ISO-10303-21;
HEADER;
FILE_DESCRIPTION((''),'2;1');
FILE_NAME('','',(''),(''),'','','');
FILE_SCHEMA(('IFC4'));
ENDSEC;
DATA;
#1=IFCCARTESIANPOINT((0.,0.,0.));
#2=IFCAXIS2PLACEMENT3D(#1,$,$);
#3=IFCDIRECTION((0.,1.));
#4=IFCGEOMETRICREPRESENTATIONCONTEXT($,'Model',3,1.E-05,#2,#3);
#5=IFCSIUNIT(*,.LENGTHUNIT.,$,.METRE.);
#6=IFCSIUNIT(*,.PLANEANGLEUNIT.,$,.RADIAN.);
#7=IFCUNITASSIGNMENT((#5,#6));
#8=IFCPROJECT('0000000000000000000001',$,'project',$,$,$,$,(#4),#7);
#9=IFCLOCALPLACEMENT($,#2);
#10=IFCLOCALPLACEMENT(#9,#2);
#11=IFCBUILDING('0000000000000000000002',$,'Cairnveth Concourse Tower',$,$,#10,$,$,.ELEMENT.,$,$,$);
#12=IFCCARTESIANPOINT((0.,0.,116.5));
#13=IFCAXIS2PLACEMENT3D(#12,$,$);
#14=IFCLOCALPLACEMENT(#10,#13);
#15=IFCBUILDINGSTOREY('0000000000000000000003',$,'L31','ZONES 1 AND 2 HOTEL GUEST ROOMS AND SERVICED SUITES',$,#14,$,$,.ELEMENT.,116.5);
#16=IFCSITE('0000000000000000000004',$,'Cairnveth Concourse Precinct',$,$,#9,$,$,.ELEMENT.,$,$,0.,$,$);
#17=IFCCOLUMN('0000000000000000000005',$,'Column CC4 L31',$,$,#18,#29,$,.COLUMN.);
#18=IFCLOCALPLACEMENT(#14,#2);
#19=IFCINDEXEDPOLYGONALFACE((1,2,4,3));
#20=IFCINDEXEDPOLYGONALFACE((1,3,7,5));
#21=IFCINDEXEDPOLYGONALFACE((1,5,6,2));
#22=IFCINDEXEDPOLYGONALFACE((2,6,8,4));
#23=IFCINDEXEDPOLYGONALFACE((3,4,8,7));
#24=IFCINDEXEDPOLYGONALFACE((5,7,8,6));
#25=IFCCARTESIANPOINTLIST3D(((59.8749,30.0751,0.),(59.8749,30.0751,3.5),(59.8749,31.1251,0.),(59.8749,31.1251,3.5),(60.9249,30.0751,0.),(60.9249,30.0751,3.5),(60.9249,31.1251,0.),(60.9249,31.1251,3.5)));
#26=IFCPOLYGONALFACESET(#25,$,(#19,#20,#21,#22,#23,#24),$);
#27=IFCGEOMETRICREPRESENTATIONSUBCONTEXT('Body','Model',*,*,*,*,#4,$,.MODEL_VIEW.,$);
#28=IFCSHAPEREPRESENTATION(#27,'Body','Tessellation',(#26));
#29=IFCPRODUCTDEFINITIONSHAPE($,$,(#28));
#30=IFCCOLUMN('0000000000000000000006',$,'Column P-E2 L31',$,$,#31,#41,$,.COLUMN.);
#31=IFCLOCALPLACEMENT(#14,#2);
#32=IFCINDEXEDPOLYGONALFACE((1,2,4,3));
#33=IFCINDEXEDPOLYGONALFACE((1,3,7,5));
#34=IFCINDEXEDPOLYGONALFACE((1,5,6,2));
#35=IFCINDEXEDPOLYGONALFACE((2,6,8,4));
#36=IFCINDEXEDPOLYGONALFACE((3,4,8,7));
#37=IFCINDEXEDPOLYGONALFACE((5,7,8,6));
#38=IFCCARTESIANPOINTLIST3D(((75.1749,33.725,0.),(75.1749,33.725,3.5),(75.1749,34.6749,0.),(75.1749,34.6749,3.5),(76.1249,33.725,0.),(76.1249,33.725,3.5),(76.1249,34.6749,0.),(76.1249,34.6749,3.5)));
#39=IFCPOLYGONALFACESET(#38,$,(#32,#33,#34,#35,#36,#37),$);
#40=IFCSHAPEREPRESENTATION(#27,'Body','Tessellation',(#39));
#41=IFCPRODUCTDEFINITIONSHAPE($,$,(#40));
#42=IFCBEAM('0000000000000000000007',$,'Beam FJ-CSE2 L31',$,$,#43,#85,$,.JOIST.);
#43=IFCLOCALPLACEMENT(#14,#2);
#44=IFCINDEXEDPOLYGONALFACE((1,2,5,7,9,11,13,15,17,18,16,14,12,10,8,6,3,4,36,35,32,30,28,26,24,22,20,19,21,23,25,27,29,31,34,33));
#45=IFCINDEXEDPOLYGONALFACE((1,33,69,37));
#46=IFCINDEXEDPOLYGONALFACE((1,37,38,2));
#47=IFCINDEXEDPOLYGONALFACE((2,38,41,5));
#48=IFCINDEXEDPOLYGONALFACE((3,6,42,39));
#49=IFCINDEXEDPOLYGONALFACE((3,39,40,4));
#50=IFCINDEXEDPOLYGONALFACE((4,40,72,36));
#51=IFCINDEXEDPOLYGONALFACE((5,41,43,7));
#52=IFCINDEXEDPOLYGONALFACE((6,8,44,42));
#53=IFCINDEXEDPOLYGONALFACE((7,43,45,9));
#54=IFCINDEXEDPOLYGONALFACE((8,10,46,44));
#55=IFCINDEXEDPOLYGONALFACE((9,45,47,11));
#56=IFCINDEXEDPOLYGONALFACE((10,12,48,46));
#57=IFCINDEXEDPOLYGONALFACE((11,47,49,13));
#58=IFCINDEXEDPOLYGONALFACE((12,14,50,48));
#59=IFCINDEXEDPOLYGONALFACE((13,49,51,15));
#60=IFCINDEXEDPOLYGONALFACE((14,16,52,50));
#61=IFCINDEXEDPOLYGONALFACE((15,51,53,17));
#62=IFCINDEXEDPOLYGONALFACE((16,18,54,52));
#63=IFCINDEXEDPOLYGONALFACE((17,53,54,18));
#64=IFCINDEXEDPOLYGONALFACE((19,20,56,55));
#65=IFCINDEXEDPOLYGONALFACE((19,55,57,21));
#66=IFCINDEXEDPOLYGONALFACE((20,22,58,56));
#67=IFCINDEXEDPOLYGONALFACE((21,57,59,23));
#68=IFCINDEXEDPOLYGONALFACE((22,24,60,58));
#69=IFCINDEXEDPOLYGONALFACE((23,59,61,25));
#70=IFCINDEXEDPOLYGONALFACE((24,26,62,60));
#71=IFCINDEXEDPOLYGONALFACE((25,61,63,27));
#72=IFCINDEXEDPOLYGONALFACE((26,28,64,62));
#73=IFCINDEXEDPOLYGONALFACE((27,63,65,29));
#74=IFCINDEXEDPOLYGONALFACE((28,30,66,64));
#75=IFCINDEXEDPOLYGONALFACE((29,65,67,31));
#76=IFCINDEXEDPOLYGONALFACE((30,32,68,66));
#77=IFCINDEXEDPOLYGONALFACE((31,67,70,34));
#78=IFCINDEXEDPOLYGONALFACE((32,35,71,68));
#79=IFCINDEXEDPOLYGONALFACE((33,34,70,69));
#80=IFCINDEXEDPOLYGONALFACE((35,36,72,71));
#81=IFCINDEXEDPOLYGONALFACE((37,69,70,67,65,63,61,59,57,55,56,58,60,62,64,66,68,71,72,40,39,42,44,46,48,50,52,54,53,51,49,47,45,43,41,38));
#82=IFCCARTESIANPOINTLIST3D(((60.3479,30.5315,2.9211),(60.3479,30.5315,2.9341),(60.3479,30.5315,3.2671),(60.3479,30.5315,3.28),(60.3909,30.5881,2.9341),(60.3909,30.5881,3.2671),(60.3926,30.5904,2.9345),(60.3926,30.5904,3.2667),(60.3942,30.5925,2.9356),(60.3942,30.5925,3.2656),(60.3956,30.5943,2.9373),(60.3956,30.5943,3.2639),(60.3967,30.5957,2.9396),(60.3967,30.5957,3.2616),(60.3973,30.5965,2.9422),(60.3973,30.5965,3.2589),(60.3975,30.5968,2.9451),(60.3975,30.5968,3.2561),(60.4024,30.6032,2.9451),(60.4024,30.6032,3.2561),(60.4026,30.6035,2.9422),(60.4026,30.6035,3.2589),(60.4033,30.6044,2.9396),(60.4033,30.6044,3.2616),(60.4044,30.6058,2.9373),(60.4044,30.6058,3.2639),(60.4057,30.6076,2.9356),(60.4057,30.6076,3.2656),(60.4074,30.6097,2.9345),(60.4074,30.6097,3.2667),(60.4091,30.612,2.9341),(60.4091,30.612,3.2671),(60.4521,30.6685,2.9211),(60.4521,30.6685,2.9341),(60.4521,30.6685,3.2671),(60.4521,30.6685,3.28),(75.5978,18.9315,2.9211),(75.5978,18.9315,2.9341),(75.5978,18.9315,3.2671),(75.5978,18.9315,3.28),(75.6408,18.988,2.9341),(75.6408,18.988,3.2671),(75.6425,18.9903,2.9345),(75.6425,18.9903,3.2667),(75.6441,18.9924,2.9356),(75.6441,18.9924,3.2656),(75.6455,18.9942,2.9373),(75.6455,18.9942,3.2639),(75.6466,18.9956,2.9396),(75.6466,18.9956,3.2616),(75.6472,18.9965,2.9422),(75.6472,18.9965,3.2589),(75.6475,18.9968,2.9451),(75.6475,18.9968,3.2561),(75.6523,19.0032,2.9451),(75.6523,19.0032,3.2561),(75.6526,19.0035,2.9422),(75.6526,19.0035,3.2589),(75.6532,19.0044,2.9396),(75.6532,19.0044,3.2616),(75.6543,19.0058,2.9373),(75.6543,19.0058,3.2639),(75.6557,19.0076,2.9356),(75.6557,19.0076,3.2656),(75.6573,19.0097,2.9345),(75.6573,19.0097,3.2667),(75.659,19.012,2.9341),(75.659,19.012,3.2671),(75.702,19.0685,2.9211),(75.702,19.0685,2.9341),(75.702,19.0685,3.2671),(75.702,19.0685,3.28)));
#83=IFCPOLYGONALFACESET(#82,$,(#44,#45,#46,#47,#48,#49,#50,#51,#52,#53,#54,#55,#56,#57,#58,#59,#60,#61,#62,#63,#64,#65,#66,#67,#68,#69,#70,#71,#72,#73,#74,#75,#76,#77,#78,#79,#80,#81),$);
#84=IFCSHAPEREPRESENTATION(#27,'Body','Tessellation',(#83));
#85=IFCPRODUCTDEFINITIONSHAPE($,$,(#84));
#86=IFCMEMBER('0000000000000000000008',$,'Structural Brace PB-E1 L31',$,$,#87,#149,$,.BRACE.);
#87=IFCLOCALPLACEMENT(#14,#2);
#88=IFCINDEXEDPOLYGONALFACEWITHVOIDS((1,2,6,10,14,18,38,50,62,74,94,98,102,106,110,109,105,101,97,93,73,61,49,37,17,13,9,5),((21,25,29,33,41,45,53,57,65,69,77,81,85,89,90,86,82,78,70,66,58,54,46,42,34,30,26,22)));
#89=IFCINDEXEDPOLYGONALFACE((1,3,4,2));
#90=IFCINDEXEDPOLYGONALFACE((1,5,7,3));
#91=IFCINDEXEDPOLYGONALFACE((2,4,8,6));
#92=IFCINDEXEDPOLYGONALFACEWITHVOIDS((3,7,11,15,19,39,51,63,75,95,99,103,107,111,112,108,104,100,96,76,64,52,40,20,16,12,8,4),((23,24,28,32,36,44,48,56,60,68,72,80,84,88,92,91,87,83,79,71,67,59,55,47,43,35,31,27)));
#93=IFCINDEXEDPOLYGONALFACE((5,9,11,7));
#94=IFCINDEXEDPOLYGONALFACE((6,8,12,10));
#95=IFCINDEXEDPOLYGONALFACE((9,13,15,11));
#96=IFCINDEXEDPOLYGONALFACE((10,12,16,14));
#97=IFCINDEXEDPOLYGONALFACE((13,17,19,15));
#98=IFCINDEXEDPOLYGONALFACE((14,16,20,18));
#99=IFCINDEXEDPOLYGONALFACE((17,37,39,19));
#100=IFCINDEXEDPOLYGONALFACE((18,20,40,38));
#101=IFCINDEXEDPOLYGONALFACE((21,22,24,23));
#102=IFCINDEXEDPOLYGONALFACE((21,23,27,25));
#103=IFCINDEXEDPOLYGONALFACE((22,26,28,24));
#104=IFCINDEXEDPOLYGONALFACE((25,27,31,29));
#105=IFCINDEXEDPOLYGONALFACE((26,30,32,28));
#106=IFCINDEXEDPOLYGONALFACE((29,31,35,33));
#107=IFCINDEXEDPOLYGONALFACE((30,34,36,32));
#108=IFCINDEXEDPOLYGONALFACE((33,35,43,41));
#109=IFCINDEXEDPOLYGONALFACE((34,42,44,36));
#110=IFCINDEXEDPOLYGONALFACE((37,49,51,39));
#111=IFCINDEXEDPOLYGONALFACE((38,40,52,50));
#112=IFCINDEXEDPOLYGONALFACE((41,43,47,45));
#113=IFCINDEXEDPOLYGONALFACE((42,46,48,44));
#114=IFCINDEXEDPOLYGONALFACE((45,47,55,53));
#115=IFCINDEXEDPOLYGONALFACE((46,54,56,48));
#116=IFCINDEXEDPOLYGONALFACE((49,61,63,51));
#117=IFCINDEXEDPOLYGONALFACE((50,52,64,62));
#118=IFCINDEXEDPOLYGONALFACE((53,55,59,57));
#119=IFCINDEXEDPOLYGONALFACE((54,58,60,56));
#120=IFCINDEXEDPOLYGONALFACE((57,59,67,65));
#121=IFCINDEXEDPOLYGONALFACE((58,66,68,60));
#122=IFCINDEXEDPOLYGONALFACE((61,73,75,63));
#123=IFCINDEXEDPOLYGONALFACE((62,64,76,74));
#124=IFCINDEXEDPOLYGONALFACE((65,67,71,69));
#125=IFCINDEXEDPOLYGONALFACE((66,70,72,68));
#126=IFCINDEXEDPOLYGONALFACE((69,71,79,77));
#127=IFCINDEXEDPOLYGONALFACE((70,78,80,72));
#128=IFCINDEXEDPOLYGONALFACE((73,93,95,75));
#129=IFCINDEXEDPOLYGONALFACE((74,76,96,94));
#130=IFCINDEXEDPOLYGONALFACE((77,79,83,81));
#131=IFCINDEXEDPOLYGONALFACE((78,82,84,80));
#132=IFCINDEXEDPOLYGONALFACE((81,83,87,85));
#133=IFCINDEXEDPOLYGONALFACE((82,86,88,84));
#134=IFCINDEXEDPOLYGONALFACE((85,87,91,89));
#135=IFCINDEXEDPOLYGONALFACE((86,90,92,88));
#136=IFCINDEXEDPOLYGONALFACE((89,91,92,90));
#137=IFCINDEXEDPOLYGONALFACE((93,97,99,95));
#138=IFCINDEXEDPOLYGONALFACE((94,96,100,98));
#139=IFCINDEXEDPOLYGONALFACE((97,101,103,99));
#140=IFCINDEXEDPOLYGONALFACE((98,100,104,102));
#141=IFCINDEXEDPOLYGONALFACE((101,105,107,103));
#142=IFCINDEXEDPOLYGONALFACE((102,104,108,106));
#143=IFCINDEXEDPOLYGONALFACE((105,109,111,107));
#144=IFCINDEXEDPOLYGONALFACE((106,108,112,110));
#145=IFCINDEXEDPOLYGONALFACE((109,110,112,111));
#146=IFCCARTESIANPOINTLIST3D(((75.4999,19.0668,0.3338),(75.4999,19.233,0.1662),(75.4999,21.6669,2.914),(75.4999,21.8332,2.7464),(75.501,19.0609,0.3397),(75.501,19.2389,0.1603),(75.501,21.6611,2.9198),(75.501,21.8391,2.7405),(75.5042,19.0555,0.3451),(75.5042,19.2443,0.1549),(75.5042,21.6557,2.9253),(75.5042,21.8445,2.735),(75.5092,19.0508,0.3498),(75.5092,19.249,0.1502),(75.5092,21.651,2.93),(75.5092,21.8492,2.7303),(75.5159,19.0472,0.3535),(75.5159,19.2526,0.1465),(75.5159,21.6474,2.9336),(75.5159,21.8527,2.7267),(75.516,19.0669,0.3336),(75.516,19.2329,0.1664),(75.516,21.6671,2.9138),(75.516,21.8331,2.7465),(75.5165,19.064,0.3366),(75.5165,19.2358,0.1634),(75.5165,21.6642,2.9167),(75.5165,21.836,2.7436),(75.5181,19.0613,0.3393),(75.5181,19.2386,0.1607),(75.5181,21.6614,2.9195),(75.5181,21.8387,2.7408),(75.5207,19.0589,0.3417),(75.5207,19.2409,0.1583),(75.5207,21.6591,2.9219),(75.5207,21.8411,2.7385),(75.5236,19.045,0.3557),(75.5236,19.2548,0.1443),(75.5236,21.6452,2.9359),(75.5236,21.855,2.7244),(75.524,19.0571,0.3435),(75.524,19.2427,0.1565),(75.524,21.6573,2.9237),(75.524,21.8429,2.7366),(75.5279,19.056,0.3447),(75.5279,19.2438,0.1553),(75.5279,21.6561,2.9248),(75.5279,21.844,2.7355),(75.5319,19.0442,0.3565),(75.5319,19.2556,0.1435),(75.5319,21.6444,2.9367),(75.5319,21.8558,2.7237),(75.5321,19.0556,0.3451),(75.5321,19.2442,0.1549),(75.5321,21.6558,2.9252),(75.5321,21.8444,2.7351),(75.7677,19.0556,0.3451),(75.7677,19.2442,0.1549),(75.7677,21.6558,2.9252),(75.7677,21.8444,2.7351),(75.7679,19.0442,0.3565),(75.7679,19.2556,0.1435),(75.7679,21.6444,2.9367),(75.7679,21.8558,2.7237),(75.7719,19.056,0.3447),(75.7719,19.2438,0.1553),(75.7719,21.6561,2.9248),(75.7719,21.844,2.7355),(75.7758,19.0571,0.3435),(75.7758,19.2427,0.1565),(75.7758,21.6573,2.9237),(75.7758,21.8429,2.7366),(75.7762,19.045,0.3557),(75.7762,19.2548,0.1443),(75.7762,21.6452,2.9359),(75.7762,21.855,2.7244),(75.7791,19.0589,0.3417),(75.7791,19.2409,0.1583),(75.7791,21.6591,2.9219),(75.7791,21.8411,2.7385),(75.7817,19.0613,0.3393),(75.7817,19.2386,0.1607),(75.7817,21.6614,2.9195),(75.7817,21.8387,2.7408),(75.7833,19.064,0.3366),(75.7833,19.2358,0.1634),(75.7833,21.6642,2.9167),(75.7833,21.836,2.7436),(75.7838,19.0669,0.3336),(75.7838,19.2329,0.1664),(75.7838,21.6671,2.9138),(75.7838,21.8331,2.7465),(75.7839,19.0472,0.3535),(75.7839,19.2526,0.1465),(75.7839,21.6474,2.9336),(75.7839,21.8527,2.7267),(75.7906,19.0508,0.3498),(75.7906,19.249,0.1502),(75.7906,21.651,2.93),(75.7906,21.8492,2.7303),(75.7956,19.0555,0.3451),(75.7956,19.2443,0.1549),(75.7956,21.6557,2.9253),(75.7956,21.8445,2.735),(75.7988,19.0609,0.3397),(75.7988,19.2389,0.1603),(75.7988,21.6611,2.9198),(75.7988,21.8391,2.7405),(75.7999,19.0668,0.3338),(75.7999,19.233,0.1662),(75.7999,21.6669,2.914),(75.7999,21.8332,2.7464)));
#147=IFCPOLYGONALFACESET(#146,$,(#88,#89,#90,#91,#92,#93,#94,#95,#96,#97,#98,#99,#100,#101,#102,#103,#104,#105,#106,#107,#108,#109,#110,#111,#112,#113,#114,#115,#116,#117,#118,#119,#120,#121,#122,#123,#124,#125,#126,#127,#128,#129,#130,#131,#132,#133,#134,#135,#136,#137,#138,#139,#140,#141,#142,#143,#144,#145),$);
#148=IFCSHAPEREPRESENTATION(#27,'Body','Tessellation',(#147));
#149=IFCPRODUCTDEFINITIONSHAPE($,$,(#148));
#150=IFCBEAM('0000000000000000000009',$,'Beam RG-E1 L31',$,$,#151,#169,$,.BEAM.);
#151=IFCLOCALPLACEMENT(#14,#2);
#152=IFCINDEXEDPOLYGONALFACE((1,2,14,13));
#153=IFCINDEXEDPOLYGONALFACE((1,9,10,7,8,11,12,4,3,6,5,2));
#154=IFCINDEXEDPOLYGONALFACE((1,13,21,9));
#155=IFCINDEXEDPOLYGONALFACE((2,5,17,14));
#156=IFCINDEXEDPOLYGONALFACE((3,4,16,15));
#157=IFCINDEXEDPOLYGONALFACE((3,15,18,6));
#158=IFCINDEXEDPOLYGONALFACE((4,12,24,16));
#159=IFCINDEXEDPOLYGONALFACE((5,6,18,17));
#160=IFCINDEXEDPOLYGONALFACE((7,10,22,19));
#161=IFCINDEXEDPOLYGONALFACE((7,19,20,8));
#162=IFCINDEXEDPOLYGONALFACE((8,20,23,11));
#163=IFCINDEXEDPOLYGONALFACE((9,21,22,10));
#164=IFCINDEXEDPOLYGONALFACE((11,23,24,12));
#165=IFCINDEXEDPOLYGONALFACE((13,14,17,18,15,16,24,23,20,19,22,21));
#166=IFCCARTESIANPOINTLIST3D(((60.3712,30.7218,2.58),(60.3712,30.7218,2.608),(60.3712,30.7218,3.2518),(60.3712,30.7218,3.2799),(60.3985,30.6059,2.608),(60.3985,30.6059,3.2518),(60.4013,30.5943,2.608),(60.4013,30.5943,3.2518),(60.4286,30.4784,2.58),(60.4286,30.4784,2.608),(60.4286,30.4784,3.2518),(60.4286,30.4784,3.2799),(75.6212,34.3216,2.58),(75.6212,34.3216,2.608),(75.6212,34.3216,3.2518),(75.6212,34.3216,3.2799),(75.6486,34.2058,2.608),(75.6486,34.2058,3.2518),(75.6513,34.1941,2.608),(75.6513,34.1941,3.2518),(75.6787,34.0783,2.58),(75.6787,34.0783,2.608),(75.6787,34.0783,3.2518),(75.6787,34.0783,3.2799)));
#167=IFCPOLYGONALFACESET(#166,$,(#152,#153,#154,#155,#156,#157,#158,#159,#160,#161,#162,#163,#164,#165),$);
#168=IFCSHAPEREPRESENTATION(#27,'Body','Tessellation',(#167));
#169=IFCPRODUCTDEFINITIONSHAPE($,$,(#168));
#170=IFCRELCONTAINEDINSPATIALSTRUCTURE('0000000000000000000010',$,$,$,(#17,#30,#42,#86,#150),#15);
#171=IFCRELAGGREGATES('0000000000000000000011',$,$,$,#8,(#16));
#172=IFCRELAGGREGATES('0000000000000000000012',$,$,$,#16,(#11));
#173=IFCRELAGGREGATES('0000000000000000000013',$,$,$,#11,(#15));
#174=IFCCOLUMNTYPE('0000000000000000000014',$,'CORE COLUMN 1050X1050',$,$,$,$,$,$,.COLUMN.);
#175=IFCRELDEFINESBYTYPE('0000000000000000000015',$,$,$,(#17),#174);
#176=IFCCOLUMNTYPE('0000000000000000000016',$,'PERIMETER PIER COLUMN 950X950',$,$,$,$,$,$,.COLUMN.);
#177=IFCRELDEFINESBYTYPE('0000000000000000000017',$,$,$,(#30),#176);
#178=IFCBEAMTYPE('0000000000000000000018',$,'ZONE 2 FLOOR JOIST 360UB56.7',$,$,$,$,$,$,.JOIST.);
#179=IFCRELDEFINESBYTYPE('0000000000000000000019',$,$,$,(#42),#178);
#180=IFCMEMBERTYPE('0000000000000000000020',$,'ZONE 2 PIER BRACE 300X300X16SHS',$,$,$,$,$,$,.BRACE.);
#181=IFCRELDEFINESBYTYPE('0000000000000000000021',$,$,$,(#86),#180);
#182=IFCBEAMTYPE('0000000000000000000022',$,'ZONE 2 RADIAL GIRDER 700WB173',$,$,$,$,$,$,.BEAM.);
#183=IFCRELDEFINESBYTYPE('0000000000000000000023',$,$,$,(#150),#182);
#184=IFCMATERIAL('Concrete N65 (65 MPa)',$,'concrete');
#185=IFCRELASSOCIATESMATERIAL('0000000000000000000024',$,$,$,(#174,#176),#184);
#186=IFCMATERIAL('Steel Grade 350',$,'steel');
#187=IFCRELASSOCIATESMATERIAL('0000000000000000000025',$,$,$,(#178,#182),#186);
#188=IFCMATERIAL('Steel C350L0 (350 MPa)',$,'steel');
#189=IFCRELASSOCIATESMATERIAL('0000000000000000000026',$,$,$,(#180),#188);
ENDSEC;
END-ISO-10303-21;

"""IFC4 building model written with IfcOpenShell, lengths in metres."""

from ifc_helpers import new_model, si_unit, direction, frame, origin, origin_2d, place, context, subcontext, project, spatial, rectangle, hollow_rectangle, i_section, extrude, material, material_profile, profile_set, type_object, element, save


model = new_model("IFC4")

# Units and contexts
model_context = context("Model", 3, precision=1e-05, world=origin(), true_north=direction((0.0, 1.0)))
body_context = subcontext(model_context, "Body", "Model", "MODEL_VIEW")
ifc_project = project(units=[si_unit("LENGTHUNIT", "METRE"), si_unit("PLANEANGLEUNIT", "RADIAN")], contexts=[model_context])

# Site, building, storey
site_placement = place(None, origin())
site = spatial("IfcSite", under=ifc_project, at=site_placement, Name="Cairnveth Concourse Precinct", CompositionType="ELEMENT", RefElevation=0.0)
building_placement = place(site_placement, origin())
building = spatial("IfcBuilding", under=site, at=building_placement, Name="Cairnveth Concourse Tower", CompositionType="ELEMENT")
storey_placement = place(building_placement, frame((0.0, 0.0, 116.5)))
storey = spatial("IfcBuildingStorey", under=building, at=storey_placement, Name="L31", Description="ZONES 1 AND 2 HOTEL GUEST ROOMS AND SERVICED SUITES", CompositionType="ELEMENT", Elevation=116.5)

# Columns
ifc_material_1 = material(Name="Concrete N65 (65 MPa)", Category="concrete")
ifc_material_profile_1 = material_profile(ifc_material_1, rectangle(XDim=1.05, YDim=1.05, at=origin_2d()), Name="RC-COL-1050x1050")
ifc_profile_set_1 = profile_set([ifc_material_profile_1], Name="Concrete N65 (65 MPa)")
column_type_1 = type_object("IfcColumnType", Name="CORE COLUMN 1050X1050", PredefinedType="COLUMN", material=ifc_profile_set_1)
column_1_placement = place(storey_placement, frame((60.3999, 30.6001, 0.0), z_axis=(0.0, 0.0, 1.0), x_axis=(1.0, 0.0, 0.0)))
element("IfcColumn", 1, at=column_1_placement, inside=storey, type_object=column_type_1, Name="Column CC4 L31", PredefinedType="COLUMN", context=body_context, shape_type="SweptSolid", body=[
    extrude(rectangle(XDim=1.05, YDim=1.05, at=origin_2d()), origin(), (0.0, 0.0, 1.0), 3.5),
])
ifc_material_profile_2 = material_profile(ifc_material_1, rectangle(XDim=0.95, YDim=0.95, at=origin_2d()), Name="RC-COL-950x950")
ifc_profile_set_2 = profile_set([ifc_material_profile_2], Name="Concrete N65 (65 MPa)")
column_type_2 = type_object("IfcColumnType", Name="PERIMETER PIER COLUMN 950X950", PredefinedType="COLUMN", material=ifc_profile_set_2)
column_2_placement = place(storey_placement, frame((75.6499, 34.2, 0.0), z_axis=(0.0, 0.0, 1.0), x_axis=(0.0, 1.0, 0.0)))
element("IfcColumn", 2, at=column_2_placement, inside=storey, type_object=column_type_2, Name="Column P-E2 L31", PredefinedType="COLUMN", context=body_context, shape_type="SweptSolid", body=[
    extrude(rectangle(XDim=0.95, YDim=0.95, at=origin_2d()), origin(), (0.0, 0.0, 1.0), 3.5),
])

# Beam
ifc_material_2 = material(Name="Steel Grade 350", Category="steel")
ifc_material_profile_3 = material_profile(ifc_material_2, i_section(OverallWidth=0.1721, OverallDepth=0.3589, WebThickness=0.0081, FlangeThickness=0.0129, FilletRadius=0.011, at=origin_2d()), Name="360UB56.7")
ifc_profile_set_3 = profile_set([ifc_material_profile_3], Name="Steel Grade 350")
beam_type_1 = type_object("IfcBeamType", Name="ZONE 2 FLOOR JOIST 360UB56.7", PredefinedType="JOIST", material=ifc_profile_set_3)
beam_1_placement = place(storey_placement, frame((75.6499, 19.0, 3.1006), z_axis=(-0.795908, 0.605417, 0.0), x_axis=(-0.605417, -0.795908, 0.0)))
element("IfcBeam", 3, at=beam_1_placement, inside=storey, type_object=beam_type_1, Name="Beam FJ-CSE2 L31", PredefinedType="JOIST", context=body_context, shape_type="SweptSolid", body=[
    extrude(i_section(OverallWidth=0.1721, OverallDepth=0.3589, WebThickness=0.0081, FlangeThickness=0.0129, FilletRadius=0.011, at=origin_2d()), origin(), (0.0, 0.0, 1.0), 19.1604),
])

# Member
ifc_material_3 = material(Name="Steel C350L0 (350 MPa)", Category="steel")
ifc_material_profile_4 = material_profile(ifc_material_3, hollow_rectangle(XDim=0.3, YDim=0.3, WallThickness=0.0161, InnerFilletRadius=0.0161, OuterFilletRadius=0.032, at=origin_2d()), Name="300x300x16.0SHS")
ifc_profile_set_4 = profile_set([ifc_material_profile_4], Name="Steel C350L0 (350 MPa)")
member_type = type_object("IfcMemberType", Name="ZONE 2 PIER BRACE 300X300X16SHS", PredefinedType="BRACE", material=ifc_profile_set_4)
member_placement = place(storey_placement, frame((75.6499, 19.1499, 0.25), z_axis=(0.0, 0.709834, 0.704369), x_axis=(-1.0, 0.0, 0.0)))
element("IfcMember", 4, at=member_placement, inside=storey, type_object=member_type, Name="Structural Brace PB-E1 L31", PredefinedType="BRACE", context=body_context, shape_type="SweptSolid", body=[
    extrude(hollow_rectangle(XDim=0.3, YDim=0.3, WallThickness=0.0161, InnerFilletRadius=0.0161, OuterFilletRadius=0.032, at=origin_2d()), origin(), (0.0, 0.0, 1.0), 3.6631),
])

# Beam
ifc_material_profile_5 = material_profile(ifc_material_2, i_section(OverallWidth=0.25, OverallDepth=0.7, WebThickness=0.012, FlangeThickness=0.0281, at=origin_2d()), Name="700WB173")
ifc_profile_set_5 = profile_set([ifc_material_profile_5], Name="Steel Grade 350")
beam_type_2 = type_object("IfcBeamType", Name="ZONE 2 RADIAL GIRDER 700WB173", PredefinedType="BEAM", material=ifc_profile_set_5)
beam_2_placement = place(storey_placement, frame((60.3999, 30.6001, 2.9299), z_axis=(0.973252, 0.229742, 0.0), x_axis=(-0.229742, 0.973252, 0.0)))
element("IfcBeam", 5, at=beam_2_placement, inside=storey, type_object=beam_type_2, Name="Beam RG-E1 L31", PredefinedType="BEAM", context=body_context, shape_type="SweptSolid", body=[
    extrude(i_section(OverallWidth=0.25, OverallDepth=0.7, WebThickness=0.012, FlangeThickness=0.0281, at=origin_2d()), origin(), (0.0, 0.0, 1.0), 15.6692),
])

save(model, "model.ifc")
